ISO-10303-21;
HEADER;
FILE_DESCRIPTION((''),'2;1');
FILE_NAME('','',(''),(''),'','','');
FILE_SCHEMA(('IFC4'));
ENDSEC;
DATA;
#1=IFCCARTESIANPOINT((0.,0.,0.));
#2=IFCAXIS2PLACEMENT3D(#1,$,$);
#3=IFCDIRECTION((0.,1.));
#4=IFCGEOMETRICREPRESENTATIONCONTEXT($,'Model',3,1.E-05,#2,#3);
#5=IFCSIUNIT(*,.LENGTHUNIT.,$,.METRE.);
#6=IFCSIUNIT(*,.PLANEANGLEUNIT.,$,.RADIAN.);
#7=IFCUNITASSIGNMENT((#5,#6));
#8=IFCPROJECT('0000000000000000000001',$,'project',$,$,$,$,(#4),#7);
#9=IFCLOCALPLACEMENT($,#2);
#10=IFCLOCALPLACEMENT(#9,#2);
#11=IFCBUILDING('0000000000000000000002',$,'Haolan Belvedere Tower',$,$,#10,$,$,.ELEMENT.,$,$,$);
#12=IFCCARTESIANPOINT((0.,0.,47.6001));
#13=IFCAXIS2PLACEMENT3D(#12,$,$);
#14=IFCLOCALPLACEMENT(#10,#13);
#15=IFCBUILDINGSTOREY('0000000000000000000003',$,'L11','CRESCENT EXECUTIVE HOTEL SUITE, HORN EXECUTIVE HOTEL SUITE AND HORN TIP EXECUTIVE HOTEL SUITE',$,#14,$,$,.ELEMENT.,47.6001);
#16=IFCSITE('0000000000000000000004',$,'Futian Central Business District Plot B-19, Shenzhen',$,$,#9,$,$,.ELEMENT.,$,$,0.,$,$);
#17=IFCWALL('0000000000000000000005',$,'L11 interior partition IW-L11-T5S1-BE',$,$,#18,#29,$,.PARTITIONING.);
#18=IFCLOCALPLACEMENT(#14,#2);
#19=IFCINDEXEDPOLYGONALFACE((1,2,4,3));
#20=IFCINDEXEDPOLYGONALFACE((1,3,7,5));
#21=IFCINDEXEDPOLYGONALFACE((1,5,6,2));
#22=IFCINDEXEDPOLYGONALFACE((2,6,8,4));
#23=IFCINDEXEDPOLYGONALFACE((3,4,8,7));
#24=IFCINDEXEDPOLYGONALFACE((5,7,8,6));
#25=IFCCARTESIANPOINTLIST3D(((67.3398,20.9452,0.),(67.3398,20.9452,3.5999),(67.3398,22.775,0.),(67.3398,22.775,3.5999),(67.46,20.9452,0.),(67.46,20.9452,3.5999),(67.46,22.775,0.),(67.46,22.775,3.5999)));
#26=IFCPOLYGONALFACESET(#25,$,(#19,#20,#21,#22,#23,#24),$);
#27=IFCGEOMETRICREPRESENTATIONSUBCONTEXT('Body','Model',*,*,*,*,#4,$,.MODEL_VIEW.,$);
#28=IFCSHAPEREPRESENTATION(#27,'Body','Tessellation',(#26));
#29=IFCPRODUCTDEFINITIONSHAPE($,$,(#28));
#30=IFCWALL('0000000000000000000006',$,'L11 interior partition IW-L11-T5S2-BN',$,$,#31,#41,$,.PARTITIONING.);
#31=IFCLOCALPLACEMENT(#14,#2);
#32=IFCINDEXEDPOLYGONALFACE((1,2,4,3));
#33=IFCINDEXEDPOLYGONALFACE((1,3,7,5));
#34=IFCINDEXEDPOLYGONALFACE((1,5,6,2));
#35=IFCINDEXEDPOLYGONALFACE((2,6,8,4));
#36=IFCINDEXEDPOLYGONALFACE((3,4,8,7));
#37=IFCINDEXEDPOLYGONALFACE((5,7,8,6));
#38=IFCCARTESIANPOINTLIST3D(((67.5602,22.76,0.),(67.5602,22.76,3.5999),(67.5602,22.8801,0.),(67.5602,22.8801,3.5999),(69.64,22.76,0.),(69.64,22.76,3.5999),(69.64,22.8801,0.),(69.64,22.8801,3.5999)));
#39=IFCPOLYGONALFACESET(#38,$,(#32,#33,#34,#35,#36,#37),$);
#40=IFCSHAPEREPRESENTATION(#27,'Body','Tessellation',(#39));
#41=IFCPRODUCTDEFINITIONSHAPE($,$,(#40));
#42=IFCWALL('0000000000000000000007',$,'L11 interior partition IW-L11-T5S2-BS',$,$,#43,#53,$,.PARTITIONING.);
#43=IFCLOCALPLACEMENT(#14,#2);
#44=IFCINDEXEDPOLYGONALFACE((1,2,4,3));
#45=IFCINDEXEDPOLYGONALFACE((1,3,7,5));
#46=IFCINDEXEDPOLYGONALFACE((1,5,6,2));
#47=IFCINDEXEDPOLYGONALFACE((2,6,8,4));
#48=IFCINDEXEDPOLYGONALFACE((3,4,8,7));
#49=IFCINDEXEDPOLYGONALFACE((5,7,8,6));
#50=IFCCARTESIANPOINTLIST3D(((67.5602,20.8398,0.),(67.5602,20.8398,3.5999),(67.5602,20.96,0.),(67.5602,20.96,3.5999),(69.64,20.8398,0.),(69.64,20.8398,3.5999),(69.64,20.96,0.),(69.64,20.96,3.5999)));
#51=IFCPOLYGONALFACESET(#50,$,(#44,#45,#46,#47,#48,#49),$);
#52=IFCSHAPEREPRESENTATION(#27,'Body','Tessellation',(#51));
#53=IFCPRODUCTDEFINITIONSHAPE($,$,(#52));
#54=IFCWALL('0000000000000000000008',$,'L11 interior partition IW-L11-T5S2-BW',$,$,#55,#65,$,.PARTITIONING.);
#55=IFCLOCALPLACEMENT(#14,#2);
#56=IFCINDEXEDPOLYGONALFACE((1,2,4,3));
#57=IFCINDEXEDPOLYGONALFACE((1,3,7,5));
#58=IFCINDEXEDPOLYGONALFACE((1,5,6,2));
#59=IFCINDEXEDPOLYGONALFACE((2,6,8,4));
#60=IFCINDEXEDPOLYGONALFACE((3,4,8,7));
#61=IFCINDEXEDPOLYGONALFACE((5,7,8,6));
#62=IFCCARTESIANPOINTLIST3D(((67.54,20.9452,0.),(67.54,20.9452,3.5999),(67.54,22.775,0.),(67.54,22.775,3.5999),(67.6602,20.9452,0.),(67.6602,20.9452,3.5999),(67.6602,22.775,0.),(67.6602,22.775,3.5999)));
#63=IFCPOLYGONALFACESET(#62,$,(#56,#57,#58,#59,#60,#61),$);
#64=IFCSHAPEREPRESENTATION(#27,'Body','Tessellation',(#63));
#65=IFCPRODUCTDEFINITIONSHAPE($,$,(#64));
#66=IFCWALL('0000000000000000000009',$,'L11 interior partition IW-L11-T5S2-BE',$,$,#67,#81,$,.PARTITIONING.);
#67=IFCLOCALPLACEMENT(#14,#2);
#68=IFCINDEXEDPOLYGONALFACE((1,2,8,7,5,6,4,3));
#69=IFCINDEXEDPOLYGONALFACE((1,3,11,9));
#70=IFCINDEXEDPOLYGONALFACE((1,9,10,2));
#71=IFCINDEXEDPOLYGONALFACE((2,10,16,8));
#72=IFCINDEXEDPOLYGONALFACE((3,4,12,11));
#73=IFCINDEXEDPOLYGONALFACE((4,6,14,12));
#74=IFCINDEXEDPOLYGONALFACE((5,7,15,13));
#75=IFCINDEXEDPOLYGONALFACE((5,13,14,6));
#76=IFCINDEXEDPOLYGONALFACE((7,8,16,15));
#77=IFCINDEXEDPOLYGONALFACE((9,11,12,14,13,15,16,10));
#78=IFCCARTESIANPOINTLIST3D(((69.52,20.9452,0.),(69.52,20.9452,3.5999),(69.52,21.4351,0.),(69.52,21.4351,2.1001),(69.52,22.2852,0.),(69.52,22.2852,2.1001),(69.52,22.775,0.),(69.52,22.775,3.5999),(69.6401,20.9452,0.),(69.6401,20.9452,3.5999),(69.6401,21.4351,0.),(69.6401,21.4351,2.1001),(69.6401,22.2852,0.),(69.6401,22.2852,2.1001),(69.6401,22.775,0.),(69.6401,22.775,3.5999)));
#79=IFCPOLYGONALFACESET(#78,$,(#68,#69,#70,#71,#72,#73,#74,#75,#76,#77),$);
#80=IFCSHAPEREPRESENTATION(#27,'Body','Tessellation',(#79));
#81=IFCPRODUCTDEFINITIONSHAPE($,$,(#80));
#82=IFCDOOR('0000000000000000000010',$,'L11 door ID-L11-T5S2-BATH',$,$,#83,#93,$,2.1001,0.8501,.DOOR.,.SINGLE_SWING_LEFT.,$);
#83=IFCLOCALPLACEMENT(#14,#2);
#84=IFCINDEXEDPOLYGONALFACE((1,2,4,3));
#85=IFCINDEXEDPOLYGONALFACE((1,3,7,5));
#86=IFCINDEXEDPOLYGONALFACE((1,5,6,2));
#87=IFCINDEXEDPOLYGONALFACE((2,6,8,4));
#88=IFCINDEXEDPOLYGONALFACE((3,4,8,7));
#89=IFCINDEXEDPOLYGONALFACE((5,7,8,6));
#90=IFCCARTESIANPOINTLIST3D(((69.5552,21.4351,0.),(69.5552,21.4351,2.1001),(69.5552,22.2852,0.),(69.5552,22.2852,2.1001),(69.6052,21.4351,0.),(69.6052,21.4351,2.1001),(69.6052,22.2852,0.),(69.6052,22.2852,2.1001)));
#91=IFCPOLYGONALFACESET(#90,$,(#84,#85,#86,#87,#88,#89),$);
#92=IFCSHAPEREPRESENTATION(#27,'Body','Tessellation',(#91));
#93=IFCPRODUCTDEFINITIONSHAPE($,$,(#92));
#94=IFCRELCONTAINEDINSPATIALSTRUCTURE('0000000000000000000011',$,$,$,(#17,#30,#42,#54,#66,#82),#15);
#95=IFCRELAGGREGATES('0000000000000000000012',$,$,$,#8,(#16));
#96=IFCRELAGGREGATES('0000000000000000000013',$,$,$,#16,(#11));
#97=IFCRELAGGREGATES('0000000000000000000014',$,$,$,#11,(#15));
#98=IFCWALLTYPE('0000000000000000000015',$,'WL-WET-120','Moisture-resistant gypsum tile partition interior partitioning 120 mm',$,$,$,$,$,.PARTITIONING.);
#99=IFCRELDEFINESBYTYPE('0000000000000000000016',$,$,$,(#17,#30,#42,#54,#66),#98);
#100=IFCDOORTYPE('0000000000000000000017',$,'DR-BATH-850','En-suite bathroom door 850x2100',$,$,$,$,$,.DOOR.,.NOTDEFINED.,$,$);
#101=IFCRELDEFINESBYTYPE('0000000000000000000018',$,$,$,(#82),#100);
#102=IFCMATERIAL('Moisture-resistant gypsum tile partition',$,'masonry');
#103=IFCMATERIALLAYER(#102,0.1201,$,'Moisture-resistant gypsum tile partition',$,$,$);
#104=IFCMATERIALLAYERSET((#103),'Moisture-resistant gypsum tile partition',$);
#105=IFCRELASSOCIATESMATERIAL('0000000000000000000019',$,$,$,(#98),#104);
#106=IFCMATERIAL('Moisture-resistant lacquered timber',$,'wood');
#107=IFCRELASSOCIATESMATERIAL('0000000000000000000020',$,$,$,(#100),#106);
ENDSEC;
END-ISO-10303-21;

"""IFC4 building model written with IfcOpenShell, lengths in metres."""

from ifc_helpers import new_model, si_unit, direction, frame, frame_2d, origin, place, context, subcontext, project, spatial, rectangle, extrude, material, layer, layer_set, type_object, element, fill, save


model = new_model("IFC4")

# Units and contexts
model_context = context("Model", 3, precision=1e-05, world=origin(), true_north=direction((0.0, 1.0)))
body_context = subcontext(model_context, "Body", "Model", "MODEL_VIEW")
ifc_project = project(units=[si_unit("LENGTHUNIT", "METRE"), si_unit("PLANEANGLEUNIT", "RADIAN")], contexts=[model_context])

# Site, building, storey
site_placement = place(None, origin())
site = spatial("IfcSite", under=ifc_project, at=site_placement, Name="Futian Central Business District Plot B-19, Shenzhen", CompositionType="ELEMENT", RefElevation=0.0)
building_placement = place(site_placement, origin())
building = spatial("IfcBuilding", under=site, at=building_placement, Name="Haolan Belvedere Tower", CompositionType="ELEMENT")
storey_placement = place(building_placement, frame((0.0, 0.0, 47.6001)))
storey = spatial("IfcBuildingStorey", under=building, at=storey_placement, Name="L11", Description="CRESCENT EXECUTIVE HOTEL SUITE, HORN EXECUTIVE HOTEL SUITE AND HORN TIP EXECUTIVE HOTEL SUITE", CompositionType="ELEMENT", Elevation=47.6001)

# Shared definitions
ifc_material_1 = material(Name="Moisture-resistant gypsum tile partition", Category="masonry")
ifc_layer_1 = layer(ifc_material_1, 0.1201, Name="Moisture-resistant gypsum tile partition")
ifc_layer_set_1 = layer_set([ifc_layer_1], Name="Moisture-resistant gypsum tile partition")
wall_type_1 = type_object("IfcWallType", Name="WL-WET-120", Description="Moisture-resistant gypsum tile partition interior partitioning 120 mm", PredefinedType="PARTITIONING", material=ifc_layer_set_1)

# Shared definitions
ifc_material_2 = material(Name="Moisture-resistant lacquered timber", Category="wood")
door_type_1 = type_object("IfcDoorType", Name="DR-BATH-850", Description="En-suite bathroom door 850x2100", OperationType="NOTDEFINED", PredefinedType="DOOR", material=ifc_material_2)

# Walls
for number, where, z_axis, x_axis, name in (
    (1, (67.3999, 20.9451, 0.0), (0.0, 0.0, 1.0), (0.0, 1.0, 0.0), "L11 interior partition IW-L11-T5S1-BE"),
):
    element("IfcWall", number, at=place(storey_placement, frame(where, z_axis=z_axis, x_axis=x_axis)), inside=storey, type_object=wall_type_1, Name=name, PredefinedType="PARTITIONING", context=body_context, shape_type="SweptSolid", body=[
        extrude(rectangle(XDim=1.8298, YDim=0.1201, at=frame_2d((0.915, 0.0))), origin(), (0.0, 0.0, 1.0), 3.5999),
    ])
for number, where, z_axis, x_axis, name in (
    (2, (67.5601, 22.8201, 0.0), (0.0, 0.0, 1.0), (1.0, 0.0, 0.0), "L11 interior partition IW-L11-T5S2-BN"),
    (3, (67.5601, 20.8999, 0.0), (0.0, 0.0, 1.0), (1.0, 0.0, 0.0), "L11 interior partition IW-L11-T5S2-BS"),
):
    element("IfcWall", number, at=place(storey_placement, frame(where, z_axis=z_axis, x_axis=x_axis)), inside=storey, type_object=wall_type_1, Name=name, PredefinedType="PARTITIONING", context=body_context, shape_type="SweptSolid", body=[
        extrude(rectangle(XDim=2.0798, YDim=0.1201, at=frame_2d((1.04, 0.0))), origin(), (0.0, 0.0, 1.0), 3.5999),
    ])
wall_1_placement = place(storey_placement, frame((67.6001, 20.9451, 0.0), z_axis=(0.0, 0.0, 1.0), x_axis=(0.0, 1.0, 0.0)))
element("IfcWall", 4, at=wall_1_placement, inside=storey, type_object=wall_type_1, Name="L11 interior partition IW-L11-T5S2-BW", PredefinedType="PARTITIONING", context=body_context, shape_type="SweptSolid", body=[
    extrude(rectangle(XDim=1.8298, YDim=0.1201, at=frame_2d((0.915, 0.0))), origin(), (0.0, 0.0, 1.0), 3.5999),
])

# Wall, opening, door
wall_2_placement = place(storey_placement, frame((69.5801, 20.9451, 0.0), z_axis=(0.0, 0.0, 1.0), x_axis=(0.0, 1.0, 0.0)))
wall_2 = element("IfcWall", 5, at=wall_2_placement, inside=storey, type_object=wall_type_1, Name="L11 interior partition IW-L11-T5S2-BE", PredefinedType="PARTITIONING", context=body_context, shape_type="SweptSolid", body=[
    extrude(rectangle(XDim=1.8298, YDim=0.1201, at=frame_2d((0.915, 0.0))), origin(), (0.0, 0.0, 1.0), 3.5999),
])
opening_1_placement = place(wall_2_placement, frame((0.49, 0.0, 0.0)))
opening_1 = element("IfcOpeningElement", 6, at=opening_1_placement, cuts=wall_2, PredefinedType="OPENING", context=body_context, shape_type="SweptSolid", body=[
    extrude(rectangle(XDim=0.8501, YDim=2.1001, at=frame_2d((0.425, 1.05))), frame((0.0, 0.0701, 0.0), z_axis=(0.0, -1.0, 0.0), x_axis=(1.0, 0.0, 0.0)), (0.0, 0.0, 1.0), 0.1401),
])
door_1_placement = place(opening_1_placement, origin())
door_1 = element("IfcDoor", 7, at=door_1_placement, inside=storey, type_object=door_type_1, Name="L11 door ID-L11-T5S2-BATH", OperationType="SINGLE_SWING_LEFT", OverallHeight=2.1001, OverallWidth=0.8501, PredefinedType="DOOR", context=body_context, shape_type="SweptSolid", body=[
    extrude(rectangle(XDim=0.8501, YDim=2.1001, at=frame_2d((0.425, 1.05))), frame((0.0, 0.0249, 0.0), z_axis=(0.0, -1.0, 0.0), x_axis=(1.0, 0.0, 0.0)), (0.0, 0.0, 1.0), 0.05),
])
fill(opening_1, door_1)

save(model, "model.ifc")
